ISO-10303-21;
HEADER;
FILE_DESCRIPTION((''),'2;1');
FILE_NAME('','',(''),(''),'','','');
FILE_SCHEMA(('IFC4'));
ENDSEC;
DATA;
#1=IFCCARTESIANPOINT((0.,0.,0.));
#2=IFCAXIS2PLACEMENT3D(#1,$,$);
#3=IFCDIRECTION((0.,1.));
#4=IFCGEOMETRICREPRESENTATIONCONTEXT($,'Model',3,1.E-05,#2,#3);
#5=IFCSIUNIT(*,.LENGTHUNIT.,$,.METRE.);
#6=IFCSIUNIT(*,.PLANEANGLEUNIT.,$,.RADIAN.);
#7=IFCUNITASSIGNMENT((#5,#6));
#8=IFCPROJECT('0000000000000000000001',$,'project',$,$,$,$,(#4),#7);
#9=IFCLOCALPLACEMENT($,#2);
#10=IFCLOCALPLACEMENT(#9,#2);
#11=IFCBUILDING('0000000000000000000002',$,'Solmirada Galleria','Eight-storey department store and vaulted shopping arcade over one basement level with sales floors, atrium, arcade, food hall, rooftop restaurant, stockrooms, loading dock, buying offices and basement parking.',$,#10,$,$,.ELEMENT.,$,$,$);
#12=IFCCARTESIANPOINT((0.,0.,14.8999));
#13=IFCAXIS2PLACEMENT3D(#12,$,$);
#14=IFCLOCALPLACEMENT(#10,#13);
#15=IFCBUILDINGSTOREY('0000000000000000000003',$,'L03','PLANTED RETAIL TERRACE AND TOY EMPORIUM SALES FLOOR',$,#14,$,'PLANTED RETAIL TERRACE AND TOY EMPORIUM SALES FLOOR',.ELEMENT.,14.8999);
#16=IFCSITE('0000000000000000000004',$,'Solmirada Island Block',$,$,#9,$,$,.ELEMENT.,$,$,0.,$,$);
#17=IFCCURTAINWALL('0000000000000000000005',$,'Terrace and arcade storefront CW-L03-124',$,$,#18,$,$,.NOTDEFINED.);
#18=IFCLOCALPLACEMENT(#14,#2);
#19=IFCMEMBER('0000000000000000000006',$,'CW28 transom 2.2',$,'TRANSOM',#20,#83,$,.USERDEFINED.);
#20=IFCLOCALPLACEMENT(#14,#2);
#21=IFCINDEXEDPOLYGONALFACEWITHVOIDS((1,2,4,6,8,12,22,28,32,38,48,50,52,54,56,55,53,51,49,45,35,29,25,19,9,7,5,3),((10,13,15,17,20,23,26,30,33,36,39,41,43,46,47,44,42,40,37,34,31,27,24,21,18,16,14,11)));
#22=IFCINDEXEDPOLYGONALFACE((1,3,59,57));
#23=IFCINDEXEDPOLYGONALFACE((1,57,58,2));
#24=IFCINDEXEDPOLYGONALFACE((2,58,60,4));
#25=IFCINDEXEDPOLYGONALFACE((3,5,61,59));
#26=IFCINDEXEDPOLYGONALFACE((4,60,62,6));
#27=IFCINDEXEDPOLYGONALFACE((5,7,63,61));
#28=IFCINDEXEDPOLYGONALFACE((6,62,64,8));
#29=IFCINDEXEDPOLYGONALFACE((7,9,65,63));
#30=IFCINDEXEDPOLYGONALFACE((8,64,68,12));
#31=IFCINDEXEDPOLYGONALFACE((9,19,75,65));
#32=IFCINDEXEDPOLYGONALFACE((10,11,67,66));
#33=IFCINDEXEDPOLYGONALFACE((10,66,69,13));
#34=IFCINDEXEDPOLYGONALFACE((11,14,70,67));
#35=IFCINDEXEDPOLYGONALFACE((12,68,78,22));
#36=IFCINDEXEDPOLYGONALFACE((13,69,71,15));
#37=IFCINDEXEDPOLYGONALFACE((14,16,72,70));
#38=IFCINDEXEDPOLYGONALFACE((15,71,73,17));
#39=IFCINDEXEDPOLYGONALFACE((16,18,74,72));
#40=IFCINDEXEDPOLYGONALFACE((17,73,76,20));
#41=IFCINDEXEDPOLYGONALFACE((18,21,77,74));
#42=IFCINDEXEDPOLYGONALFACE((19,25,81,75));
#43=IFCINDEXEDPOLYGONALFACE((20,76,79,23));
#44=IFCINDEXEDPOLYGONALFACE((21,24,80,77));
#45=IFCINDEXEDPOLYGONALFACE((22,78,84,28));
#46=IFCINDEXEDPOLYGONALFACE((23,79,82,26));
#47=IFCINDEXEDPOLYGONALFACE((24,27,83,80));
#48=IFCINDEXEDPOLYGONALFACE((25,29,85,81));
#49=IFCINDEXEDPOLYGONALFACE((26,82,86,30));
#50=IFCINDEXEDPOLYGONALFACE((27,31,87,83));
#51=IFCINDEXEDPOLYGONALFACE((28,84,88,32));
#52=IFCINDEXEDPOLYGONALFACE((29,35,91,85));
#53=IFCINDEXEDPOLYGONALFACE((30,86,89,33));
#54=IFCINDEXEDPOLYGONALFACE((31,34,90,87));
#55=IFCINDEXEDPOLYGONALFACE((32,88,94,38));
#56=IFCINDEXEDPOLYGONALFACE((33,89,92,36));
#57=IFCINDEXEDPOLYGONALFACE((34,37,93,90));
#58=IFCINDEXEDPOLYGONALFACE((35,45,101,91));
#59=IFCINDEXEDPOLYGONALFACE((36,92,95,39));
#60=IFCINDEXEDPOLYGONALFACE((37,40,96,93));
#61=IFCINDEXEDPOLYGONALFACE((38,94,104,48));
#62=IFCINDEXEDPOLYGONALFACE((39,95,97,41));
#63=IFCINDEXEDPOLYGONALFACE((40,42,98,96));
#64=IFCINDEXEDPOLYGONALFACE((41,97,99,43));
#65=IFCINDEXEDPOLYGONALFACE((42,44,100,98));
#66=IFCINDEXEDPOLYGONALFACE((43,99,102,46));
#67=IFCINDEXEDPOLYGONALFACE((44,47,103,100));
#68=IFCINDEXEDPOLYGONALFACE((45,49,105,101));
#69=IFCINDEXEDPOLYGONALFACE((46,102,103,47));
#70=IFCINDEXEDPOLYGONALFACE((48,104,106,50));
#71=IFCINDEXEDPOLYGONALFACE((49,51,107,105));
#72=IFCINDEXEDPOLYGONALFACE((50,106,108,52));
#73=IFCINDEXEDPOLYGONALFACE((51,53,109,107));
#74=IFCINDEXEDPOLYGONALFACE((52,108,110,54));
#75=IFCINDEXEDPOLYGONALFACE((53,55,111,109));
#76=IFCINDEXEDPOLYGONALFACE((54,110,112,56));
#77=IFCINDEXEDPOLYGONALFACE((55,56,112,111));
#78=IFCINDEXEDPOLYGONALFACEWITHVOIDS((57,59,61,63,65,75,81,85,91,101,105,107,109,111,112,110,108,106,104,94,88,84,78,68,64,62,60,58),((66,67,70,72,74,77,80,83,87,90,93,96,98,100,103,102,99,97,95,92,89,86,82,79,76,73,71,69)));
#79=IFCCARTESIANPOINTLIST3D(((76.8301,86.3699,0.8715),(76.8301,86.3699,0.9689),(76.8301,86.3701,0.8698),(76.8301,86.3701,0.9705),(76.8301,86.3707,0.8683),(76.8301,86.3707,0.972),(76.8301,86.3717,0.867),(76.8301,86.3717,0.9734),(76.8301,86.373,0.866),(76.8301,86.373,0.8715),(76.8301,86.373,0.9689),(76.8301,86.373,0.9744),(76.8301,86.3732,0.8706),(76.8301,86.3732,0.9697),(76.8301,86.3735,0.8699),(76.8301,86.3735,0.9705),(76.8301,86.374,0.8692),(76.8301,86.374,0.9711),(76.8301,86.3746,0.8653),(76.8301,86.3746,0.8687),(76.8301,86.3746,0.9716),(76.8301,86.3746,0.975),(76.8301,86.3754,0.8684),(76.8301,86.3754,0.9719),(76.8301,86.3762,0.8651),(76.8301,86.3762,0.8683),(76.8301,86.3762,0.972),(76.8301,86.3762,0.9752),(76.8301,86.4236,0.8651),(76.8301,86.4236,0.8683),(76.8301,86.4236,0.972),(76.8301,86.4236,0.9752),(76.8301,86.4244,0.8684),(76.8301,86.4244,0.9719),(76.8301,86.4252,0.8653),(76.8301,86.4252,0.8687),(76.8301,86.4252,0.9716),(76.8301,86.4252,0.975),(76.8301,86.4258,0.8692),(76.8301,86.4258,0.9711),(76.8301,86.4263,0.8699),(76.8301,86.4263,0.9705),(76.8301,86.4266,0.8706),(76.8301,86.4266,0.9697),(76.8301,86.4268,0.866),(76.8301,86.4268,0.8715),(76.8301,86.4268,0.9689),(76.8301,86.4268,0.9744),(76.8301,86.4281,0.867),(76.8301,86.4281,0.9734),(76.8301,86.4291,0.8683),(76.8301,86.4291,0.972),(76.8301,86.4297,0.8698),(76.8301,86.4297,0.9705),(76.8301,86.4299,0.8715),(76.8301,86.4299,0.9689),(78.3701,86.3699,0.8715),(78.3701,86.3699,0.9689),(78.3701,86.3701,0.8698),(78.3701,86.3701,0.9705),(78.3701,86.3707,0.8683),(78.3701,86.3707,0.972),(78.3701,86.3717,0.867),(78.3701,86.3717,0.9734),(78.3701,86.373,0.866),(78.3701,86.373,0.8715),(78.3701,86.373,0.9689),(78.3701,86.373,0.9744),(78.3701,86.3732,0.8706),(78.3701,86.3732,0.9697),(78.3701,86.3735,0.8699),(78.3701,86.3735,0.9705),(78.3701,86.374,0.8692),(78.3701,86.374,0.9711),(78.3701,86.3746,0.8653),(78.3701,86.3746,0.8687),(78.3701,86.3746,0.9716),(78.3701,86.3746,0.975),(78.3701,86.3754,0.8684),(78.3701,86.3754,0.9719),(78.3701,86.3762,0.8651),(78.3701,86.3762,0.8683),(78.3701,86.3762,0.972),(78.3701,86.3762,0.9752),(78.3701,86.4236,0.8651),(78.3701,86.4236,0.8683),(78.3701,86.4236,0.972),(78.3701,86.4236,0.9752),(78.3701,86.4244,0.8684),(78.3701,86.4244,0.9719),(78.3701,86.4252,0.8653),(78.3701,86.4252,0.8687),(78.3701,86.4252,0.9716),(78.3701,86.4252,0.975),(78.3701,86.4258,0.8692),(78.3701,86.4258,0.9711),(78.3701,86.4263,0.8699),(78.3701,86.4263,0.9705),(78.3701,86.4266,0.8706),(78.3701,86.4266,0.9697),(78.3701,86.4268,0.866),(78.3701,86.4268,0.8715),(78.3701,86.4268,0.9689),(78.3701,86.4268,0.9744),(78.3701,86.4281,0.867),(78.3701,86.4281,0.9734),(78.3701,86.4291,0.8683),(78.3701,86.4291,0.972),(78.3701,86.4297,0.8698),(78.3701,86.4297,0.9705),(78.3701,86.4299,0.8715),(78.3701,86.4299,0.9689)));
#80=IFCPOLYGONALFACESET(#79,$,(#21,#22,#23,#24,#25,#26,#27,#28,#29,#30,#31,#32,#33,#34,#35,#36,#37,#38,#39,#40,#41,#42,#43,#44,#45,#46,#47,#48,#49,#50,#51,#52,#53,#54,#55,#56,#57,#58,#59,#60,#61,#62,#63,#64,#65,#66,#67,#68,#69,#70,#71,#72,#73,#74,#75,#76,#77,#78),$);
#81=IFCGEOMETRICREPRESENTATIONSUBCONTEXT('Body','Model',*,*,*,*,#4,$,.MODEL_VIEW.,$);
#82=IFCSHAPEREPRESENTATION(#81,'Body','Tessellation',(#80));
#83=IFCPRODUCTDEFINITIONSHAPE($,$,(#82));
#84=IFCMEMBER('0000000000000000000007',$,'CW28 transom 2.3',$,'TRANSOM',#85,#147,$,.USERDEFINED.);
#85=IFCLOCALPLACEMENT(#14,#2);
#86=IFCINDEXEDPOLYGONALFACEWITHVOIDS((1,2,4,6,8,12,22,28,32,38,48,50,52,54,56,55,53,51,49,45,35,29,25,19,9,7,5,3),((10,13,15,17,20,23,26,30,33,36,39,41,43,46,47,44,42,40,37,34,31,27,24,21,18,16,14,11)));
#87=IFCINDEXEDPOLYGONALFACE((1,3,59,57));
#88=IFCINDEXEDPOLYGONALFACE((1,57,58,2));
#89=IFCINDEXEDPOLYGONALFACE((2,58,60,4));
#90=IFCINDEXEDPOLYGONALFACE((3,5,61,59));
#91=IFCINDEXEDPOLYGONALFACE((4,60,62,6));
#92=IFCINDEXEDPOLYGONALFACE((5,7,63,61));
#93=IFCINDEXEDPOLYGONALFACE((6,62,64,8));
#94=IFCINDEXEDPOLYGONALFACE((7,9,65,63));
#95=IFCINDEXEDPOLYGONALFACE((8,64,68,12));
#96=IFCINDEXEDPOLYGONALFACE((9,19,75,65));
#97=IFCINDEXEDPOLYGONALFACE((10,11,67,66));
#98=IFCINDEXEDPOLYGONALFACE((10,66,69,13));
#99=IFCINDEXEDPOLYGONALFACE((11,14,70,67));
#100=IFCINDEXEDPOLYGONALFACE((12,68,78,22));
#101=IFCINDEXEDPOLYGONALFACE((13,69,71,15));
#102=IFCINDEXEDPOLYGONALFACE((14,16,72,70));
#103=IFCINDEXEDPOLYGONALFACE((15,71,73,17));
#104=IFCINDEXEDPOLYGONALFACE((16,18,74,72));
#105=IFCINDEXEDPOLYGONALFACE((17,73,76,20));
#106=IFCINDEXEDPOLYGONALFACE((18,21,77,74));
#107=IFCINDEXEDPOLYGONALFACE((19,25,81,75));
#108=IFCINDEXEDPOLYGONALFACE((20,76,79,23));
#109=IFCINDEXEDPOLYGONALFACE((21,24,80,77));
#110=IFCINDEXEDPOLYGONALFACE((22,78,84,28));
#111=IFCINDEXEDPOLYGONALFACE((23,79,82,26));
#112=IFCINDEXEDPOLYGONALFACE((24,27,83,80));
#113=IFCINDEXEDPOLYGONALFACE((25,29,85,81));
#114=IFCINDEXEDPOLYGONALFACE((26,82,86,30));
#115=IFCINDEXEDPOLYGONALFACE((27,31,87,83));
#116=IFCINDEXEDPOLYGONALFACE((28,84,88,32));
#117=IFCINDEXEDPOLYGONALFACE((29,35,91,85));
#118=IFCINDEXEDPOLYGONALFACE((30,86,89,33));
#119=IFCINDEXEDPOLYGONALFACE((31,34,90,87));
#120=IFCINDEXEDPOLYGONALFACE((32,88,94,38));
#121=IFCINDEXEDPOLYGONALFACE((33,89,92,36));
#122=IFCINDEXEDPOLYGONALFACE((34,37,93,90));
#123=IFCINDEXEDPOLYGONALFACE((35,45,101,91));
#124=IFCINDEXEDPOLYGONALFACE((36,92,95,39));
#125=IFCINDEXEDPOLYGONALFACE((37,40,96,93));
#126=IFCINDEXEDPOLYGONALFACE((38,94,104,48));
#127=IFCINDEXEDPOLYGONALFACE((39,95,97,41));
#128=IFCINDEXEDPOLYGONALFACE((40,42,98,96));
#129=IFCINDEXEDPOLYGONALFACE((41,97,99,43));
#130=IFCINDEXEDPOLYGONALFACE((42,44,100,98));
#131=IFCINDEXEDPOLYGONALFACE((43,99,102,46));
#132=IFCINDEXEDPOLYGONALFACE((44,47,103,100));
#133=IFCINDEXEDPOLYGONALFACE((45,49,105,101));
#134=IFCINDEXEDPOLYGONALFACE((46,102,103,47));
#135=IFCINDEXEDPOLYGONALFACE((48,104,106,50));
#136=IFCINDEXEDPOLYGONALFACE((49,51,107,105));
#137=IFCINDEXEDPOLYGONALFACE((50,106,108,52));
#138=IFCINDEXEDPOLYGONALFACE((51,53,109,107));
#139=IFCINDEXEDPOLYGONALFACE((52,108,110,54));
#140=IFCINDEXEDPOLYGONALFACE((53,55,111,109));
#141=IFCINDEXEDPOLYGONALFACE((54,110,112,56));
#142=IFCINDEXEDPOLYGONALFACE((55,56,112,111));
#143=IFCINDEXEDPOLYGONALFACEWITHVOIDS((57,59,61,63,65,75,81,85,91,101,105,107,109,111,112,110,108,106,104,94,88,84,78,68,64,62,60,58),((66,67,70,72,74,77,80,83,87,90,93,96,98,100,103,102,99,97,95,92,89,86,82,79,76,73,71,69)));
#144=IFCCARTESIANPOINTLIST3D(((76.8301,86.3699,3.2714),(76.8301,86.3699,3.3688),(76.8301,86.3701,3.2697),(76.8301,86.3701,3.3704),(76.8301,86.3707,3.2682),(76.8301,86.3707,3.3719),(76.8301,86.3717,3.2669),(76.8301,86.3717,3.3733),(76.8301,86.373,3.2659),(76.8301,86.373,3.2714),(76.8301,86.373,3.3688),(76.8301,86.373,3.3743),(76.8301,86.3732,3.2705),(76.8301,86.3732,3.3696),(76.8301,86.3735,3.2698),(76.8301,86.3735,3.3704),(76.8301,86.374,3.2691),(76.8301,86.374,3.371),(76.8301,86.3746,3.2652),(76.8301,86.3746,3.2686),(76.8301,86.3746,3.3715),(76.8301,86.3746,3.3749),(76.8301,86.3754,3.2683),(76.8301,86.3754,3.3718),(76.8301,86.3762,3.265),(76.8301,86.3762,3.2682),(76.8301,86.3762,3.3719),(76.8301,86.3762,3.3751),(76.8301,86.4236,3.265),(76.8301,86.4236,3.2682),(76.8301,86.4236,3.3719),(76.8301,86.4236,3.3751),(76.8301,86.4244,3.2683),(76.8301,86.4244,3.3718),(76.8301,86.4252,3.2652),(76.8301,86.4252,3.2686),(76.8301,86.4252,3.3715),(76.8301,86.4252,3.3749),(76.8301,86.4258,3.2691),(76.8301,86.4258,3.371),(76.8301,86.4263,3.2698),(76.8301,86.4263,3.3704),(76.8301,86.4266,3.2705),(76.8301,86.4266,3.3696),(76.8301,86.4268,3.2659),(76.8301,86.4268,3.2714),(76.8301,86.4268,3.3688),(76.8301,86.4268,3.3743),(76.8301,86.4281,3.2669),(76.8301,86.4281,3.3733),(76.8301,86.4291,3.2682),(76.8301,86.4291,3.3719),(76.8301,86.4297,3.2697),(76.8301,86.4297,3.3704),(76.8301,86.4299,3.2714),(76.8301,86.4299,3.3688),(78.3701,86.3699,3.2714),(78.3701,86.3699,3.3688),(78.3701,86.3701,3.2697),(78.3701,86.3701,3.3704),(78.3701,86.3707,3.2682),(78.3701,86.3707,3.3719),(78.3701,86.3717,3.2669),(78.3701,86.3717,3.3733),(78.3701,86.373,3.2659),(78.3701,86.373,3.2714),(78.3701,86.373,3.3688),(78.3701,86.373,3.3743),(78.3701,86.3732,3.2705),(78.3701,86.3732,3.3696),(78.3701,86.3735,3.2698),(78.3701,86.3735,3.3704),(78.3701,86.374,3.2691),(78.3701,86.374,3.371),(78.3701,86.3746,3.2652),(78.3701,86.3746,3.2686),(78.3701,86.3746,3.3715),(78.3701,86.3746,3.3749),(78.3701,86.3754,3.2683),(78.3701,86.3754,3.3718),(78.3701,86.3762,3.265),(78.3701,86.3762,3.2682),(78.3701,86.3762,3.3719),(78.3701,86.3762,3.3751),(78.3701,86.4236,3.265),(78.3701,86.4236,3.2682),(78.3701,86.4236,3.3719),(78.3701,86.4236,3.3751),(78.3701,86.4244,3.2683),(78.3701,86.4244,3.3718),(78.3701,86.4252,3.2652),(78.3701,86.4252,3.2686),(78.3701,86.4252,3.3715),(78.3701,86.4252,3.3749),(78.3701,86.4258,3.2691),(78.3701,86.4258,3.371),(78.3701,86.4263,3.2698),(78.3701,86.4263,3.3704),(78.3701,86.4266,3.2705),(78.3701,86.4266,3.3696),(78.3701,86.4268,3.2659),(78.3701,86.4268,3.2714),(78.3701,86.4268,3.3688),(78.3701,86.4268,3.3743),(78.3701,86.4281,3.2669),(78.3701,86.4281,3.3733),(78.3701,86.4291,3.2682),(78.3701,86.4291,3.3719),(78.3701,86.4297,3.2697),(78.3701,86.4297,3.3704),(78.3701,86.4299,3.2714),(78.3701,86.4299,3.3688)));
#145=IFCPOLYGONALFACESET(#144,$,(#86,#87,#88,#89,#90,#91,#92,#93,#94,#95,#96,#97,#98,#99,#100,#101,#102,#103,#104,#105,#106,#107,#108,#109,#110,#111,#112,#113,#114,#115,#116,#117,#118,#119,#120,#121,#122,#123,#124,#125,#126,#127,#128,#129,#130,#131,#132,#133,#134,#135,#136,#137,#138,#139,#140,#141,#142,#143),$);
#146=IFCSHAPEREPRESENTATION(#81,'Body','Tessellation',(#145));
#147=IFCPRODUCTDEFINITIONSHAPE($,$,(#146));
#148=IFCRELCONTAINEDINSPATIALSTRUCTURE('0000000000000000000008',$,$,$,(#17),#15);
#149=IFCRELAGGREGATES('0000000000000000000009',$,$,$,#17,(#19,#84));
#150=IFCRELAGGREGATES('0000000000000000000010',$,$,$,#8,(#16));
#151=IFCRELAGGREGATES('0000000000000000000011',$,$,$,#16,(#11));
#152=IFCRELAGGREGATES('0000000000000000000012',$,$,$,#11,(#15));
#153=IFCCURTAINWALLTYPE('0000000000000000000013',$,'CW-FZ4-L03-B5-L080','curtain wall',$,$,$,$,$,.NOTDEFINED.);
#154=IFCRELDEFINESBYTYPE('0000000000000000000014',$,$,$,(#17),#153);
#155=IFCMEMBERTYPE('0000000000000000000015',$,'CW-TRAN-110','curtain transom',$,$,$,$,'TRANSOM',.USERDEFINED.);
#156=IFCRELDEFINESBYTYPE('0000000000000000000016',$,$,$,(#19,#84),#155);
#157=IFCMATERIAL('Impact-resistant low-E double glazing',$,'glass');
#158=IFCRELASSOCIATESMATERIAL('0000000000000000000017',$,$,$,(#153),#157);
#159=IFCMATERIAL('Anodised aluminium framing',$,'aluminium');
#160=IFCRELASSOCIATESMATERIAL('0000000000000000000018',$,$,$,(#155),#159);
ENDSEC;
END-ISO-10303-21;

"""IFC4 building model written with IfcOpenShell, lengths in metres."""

from ifc_helpers import new_model, si_unit, direction, frame, origin, origin_2d, place, context, subcontext, project, spatial, hollow_rectangle, extrude, material, material_profile, profile_set, type_object, element, aggregate, save


model = new_model("IFC4")

# Units and contexts
model_context = context("Model", 3, precision=1e-05, world=origin(), true_north=direction((0.0, 1.0)))
body_context = subcontext(model_context, "Body", "Model", "MODEL_VIEW")
ifc_project = project(units=[si_unit("LENGTHUNIT", "METRE"), si_unit("PLANEANGLEUNIT", "RADIAN")], contexts=[model_context])

# Site, building, storey
site_placement = place(None, origin())
site = spatial("IfcSite", under=ifc_project, at=site_placement, Name="Solmirada Island Block", CompositionType="ELEMENT", RefElevation=0.0)
building_placement = place(site_placement, origin())
building = spatial("IfcBuilding", under=site, at=building_placement, Name="Solmirada Galleria", Description="Eight-storey department store and vaulted shopping arcade over one basement level with sales floors, atrium, arcade, food hall, rooftop restaurant, stockrooms, loading dock, buying offices and basement parking.", CompositionType="ELEMENT")
storey_placement = place(building_placement, frame((0.0, 0.0, 14.8999)))
storey = spatial("IfcBuildingStorey", under=building, at=storey_placement, Name="L03", Description="PLANTED RETAIL TERRACE AND TOY EMPORIUM SALES FLOOR", LongName="PLANTED RETAIL TERRACE AND TOY EMPORIUM SALES FLOOR", CompositionType="ELEMENT", Elevation=14.8999)

# Shared definitions
ifc_material_1 = material(Name="Impact-resistant low-E double glazing", Category="glass")
curtain_wall_type = type_object("IfcCurtainWallType", Name="CW-FZ4-L03-B5-L080", Description="curtain wall", PredefinedType="NOTDEFINED", material=ifc_material_1)
ifc_material_2 = material(Name="Anodised aluminium framing", Category="aluminium")

# Curtain wall, members
curtain_wall_1_placement = place(storey_placement, origin())
curtain_wall_1 = element("IfcCurtainWall", 1, at=curtain_wall_1_placement, inside=storey, type_object=curtain_wall_type, Name="Terrace and arcade storefront CW-L03-124", PredefinedType="NOTDEFINED")
ifc_material_profile_1 = material_profile(ifc_material_2, hollow_rectangle(XDim=0.0601, YDim=0.1101, WallThickness=0.0032, InnerFilletRadius=0.0032, OuterFilletRadius=0.0063, at=origin_2d()), Name="ALU-TRAN-110X60")
ifc_profile_set_1 = profile_set([ifc_material_profile_1], Name="Anodised aluminium framing")
member_type_1 = type_object("IfcMemberType", Name="CW-TRAN-110", Description="curtain transom", ElementType="TRANSOM", PredefinedType="USERDEFINED", material=ifc_profile_set_1)
member_1_placement = place(storey_placement, frame((78.3701, 86.3999, 0.9202), z_axis=(-1.0, 0.0, 0.0), x_axis=(0.0, -1.0, 0.0)))
member_1 = element("IfcMember", 2, at=member_1_placement, type_object=member_type_1, Name="CW28 transom 2.2", ObjectType="TRANSOM", PredefinedType="USERDEFINED", context=body_context, shape_type="SweptSolid", body=[
    extrude(hollow_rectangle(XDim=0.0601, YDim=0.1101, WallThickness=0.0032, InnerFilletRadius=0.0032, OuterFilletRadius=0.0063, at=origin_2d()), origin(), (0.0, 0.0, 1.0), 1.54),
])
member_2_placement = place(storey_placement, frame((78.3701, 86.3999, 3.3201), z_axis=(-1.0, 0.0, 0.0), x_axis=(0.0, -1.0, 0.0)))
member_2 = element("IfcMember", 3, at=member_2_placement, type_object=member_type_1, Name="CW28 transom 2.3", ObjectType="TRANSOM", PredefinedType="USERDEFINED", context=body_context, shape_type="SweptSolid", body=[
    extrude(hollow_rectangle(XDim=0.0601, YDim=0.1101, WallThickness=0.0032, InnerFilletRadius=0.0032, OuterFilletRadius=0.0063, at=origin_2d()), origin(), (0.0, 0.0, 1.0), 1.54),
])

aggregate(curtain_wall_1, [member_1, member_2])

save(model, "model.ifc")
